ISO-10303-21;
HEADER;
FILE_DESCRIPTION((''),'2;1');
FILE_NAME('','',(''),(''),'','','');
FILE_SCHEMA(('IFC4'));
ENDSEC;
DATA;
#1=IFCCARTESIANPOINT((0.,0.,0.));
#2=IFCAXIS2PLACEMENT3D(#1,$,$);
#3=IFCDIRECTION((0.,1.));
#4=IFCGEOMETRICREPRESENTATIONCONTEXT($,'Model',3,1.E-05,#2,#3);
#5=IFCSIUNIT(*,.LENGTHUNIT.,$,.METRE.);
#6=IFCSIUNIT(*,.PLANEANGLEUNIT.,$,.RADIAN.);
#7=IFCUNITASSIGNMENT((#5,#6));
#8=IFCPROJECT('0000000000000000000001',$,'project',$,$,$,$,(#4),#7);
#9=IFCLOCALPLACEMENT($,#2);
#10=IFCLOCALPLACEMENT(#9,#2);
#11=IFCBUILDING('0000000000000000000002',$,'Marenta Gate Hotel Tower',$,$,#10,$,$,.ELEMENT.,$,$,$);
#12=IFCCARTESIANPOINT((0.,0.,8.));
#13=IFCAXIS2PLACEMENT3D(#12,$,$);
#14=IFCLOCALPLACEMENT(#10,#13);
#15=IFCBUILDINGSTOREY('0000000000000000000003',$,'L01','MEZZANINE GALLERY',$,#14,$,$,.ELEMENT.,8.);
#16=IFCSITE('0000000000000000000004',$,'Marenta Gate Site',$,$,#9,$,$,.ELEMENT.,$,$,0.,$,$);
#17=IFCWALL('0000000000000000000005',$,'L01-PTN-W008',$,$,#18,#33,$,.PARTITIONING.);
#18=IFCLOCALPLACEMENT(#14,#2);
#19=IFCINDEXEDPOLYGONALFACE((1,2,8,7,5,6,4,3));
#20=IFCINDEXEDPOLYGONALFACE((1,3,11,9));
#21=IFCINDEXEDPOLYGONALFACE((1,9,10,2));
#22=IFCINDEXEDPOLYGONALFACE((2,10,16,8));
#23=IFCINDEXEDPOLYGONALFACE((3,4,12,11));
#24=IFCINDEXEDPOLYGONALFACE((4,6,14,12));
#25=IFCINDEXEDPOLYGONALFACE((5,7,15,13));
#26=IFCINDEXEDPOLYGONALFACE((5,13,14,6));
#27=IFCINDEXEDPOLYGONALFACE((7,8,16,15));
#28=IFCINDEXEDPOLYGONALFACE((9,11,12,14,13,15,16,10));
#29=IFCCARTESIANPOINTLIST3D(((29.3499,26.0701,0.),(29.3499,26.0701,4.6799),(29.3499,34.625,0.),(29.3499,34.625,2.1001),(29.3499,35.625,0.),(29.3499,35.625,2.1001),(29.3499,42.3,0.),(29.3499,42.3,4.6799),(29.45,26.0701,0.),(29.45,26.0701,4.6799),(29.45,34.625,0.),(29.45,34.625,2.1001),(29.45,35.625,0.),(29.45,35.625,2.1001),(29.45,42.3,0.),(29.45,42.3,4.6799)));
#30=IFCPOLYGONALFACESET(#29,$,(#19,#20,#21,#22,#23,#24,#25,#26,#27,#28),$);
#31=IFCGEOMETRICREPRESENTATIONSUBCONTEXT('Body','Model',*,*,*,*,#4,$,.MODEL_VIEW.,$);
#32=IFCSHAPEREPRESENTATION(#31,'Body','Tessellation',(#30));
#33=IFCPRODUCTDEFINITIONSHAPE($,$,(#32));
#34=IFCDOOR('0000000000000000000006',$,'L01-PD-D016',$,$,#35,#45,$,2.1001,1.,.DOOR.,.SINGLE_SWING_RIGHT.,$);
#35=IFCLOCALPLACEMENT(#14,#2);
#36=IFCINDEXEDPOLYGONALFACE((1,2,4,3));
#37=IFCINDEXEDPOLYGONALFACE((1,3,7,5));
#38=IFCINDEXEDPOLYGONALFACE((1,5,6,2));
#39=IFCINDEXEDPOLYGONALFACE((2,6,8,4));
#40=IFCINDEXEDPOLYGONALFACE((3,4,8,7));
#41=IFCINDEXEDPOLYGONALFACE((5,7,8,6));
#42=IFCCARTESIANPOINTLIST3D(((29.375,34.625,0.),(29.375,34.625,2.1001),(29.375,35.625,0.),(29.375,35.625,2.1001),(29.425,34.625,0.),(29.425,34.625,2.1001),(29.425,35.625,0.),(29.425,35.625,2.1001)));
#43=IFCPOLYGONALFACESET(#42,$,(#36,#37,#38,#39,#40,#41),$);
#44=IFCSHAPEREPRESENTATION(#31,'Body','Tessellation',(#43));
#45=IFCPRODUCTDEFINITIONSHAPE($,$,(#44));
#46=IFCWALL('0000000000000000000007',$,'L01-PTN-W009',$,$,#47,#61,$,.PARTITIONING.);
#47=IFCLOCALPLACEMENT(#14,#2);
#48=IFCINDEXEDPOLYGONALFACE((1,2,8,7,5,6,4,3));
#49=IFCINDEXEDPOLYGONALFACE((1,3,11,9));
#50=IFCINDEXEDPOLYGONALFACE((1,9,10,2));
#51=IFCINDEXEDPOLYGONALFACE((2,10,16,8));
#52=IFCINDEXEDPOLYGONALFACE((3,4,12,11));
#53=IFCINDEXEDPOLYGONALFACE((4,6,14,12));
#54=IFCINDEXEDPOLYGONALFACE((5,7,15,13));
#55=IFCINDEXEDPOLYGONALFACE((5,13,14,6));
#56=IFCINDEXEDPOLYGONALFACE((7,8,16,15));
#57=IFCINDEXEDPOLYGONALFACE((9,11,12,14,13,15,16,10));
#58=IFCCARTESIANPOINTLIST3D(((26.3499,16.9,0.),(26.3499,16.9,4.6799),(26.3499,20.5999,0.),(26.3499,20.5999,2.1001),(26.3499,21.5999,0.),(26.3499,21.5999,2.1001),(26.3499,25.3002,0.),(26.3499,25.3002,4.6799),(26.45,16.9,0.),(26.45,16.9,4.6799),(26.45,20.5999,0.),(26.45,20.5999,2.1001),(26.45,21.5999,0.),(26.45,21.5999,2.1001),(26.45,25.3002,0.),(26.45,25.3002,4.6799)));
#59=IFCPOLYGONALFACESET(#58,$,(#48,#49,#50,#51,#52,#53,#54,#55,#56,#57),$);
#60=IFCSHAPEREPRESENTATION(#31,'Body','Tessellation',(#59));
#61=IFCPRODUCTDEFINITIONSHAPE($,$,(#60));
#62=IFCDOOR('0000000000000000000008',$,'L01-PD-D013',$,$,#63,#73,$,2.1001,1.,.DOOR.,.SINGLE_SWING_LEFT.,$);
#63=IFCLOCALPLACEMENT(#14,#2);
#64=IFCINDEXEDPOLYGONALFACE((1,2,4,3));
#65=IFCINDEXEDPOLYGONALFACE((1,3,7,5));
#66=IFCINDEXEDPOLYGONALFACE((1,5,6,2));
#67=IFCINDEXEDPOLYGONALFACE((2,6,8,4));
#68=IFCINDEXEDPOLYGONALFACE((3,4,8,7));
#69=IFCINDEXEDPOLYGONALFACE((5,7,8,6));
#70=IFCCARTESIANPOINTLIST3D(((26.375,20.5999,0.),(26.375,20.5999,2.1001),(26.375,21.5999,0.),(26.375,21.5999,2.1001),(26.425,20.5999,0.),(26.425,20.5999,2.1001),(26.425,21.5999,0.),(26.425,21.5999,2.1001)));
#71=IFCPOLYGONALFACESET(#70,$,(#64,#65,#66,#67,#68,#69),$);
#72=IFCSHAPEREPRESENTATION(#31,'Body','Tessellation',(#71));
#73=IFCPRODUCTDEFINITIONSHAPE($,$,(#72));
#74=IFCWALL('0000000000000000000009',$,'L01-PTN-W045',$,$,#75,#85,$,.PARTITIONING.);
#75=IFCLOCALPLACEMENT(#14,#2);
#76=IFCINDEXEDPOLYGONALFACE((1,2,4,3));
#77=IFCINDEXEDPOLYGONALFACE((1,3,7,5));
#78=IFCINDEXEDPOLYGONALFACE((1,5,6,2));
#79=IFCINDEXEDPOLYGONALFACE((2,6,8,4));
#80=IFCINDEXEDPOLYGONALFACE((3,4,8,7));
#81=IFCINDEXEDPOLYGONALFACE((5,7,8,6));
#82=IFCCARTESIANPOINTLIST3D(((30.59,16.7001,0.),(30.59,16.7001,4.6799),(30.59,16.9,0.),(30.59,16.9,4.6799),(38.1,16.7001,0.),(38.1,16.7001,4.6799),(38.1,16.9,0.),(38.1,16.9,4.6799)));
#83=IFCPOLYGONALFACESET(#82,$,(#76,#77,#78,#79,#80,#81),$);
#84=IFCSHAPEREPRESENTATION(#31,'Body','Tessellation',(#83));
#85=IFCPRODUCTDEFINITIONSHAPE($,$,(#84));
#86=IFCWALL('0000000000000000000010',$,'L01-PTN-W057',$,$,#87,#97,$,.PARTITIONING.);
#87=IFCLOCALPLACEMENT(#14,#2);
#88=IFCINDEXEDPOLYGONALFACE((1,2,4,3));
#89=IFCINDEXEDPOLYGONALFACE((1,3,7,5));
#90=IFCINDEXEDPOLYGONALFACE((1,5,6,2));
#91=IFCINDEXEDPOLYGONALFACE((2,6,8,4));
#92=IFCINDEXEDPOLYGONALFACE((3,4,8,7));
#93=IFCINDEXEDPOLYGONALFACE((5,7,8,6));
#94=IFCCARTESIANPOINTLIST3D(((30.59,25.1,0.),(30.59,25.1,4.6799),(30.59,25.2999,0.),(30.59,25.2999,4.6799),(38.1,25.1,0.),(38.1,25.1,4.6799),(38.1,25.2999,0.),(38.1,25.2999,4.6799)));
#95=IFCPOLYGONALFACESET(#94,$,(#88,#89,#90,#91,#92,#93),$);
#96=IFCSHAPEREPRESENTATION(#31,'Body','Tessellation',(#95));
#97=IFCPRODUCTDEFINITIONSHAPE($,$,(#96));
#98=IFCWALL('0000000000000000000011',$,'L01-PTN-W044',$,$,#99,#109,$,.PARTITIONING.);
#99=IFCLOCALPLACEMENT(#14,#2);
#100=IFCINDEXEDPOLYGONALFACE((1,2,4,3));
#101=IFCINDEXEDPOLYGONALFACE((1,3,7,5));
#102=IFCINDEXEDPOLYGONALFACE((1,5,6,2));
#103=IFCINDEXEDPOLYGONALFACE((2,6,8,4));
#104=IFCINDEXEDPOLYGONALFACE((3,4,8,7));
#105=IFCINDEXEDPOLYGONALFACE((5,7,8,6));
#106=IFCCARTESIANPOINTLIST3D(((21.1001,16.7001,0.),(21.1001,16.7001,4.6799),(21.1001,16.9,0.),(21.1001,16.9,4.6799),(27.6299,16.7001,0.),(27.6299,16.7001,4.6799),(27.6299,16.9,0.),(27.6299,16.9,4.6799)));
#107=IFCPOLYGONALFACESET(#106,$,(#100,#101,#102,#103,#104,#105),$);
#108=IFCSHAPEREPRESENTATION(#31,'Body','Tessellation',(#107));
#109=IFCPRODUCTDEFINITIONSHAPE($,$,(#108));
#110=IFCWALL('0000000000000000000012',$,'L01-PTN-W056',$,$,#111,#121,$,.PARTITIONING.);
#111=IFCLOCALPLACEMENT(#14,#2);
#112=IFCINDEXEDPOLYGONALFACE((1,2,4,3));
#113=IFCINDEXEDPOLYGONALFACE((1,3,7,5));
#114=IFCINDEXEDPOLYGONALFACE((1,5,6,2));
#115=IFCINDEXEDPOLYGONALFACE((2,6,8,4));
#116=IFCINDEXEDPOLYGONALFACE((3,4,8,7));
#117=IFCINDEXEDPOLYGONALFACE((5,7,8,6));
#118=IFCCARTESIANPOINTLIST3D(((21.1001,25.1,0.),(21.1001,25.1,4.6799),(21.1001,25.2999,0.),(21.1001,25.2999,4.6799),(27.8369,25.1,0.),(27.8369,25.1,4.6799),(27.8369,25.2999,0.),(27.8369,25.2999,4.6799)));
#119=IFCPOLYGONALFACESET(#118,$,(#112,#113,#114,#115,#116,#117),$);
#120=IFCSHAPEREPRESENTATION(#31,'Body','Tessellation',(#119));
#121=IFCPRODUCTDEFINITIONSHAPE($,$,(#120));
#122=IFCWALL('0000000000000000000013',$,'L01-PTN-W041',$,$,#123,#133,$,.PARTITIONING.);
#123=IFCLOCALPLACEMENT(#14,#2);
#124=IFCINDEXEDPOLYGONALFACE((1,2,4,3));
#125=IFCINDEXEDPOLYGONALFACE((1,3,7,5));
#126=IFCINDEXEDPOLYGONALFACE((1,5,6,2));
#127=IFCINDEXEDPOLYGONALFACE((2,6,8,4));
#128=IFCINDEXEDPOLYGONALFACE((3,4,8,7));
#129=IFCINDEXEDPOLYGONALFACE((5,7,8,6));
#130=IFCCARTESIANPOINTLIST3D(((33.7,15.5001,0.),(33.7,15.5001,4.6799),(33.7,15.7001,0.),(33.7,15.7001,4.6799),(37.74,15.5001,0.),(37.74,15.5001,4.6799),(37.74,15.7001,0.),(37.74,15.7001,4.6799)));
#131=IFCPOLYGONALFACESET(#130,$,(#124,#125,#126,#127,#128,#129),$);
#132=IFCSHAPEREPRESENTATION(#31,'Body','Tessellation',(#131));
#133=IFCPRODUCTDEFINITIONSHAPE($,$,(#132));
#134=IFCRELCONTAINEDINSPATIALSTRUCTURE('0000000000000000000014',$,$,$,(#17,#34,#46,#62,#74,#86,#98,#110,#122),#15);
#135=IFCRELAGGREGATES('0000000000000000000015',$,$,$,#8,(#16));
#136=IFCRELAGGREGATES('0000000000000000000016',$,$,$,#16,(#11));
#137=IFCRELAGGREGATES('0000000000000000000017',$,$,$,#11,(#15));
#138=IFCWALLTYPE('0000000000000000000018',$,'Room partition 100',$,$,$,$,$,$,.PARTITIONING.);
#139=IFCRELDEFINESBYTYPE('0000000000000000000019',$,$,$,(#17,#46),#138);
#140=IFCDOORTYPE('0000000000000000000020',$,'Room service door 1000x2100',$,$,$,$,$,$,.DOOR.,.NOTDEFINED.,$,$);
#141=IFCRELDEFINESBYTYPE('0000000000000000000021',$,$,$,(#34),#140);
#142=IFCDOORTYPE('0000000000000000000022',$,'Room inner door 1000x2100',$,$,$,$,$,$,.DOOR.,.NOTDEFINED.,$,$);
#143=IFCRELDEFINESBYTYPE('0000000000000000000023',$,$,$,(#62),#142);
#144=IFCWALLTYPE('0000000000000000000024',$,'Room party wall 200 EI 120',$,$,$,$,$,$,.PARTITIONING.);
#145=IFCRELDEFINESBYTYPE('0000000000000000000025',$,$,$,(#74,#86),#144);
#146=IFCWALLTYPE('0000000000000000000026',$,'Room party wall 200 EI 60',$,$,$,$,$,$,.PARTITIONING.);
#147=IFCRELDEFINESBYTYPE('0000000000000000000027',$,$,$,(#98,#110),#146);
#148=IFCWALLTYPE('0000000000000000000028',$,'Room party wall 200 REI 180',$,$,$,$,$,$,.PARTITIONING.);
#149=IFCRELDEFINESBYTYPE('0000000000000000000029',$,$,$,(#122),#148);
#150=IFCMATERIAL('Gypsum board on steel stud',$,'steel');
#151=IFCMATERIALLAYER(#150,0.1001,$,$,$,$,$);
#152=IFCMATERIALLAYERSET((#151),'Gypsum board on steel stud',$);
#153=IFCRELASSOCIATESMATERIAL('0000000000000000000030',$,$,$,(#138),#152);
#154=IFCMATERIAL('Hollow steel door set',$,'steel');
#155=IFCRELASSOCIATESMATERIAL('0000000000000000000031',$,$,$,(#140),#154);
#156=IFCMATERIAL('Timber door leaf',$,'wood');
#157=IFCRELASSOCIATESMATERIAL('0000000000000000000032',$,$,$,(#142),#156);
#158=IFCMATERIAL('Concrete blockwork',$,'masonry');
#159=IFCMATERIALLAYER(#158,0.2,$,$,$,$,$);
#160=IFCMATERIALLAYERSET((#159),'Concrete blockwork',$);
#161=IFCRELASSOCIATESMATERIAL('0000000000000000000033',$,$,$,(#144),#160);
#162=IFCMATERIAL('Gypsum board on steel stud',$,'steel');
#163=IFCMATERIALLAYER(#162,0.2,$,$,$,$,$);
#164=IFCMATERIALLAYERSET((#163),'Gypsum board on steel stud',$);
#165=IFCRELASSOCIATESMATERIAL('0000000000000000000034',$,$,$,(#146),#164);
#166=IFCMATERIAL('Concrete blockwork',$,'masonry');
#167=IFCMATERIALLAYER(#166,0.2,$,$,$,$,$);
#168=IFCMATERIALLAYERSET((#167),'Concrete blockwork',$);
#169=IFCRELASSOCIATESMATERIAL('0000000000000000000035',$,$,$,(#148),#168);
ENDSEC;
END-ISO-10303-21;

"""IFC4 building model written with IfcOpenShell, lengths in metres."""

from ifc_helpers import new_model, si_unit, direction, frame, frame_2d, origin, place, context, subcontext, project, spatial, rectangle, extrude, material, layer, layer_set, type_object, element, fill, save


model = new_model("IFC4")

# Units and contexts
model_context = context("Model", 3, precision=1e-05, world=origin(), true_north=direction((0.0, 1.0)))
body_context = subcontext(model_context, "Body", "Model", "MODEL_VIEW")
ifc_project = project(units=[si_unit("LENGTHUNIT", "METRE"), si_unit("PLANEANGLEUNIT", "RADIAN")], contexts=[model_context])

# Site, building, storey
site_placement = place(None, origin())
site = spatial("IfcSite", under=ifc_project, at=site_placement, Name="Marenta Gate Site", CompositionType="ELEMENT", RefElevation=0.0)
building_placement = place(site_placement, origin())
building = spatial("IfcBuilding", under=site, at=building_placement, Name="Marenta Gate Hotel Tower", CompositionType="ELEMENT")
storey_placement = place(building_placement, frame((0.0, 0.0, 8.0)))
storey = spatial("IfcBuildingStorey", under=building, at=storey_placement, Name="L01", Description="MEZZANINE GALLERY", CompositionType="ELEMENT", Elevation=8.0)

# Walls, openings, doors
ifc_material_1 = material(Name="Gypsum board on steel stud", Category="steel")
ifc_layer_1 = layer(ifc_material_1, 0.1001)
ifc_layer_set_1 = layer_set([ifc_layer_1], Name="Gypsum board on steel stud")
wall_type_1 = type_object("IfcWallType", Name="Room partition 100", PredefinedType="PARTITIONING", material=ifc_layer_set_1)
ifc_material_2 = material(Name="Hollow steel door set", Category="steel")
door_type_1 = type_object("IfcDoorType", Name="Room service door 1000x2100", OperationType="NOTDEFINED", PredefinedType="DOOR", material=ifc_material_2)
wall_1_placement = place(storey_placement, frame((29.3999, 26.0701, 0.0), z_axis=(0.0, 0.0, 1.0), x_axis=(0.0, 1.0, 0.0)))
wall_1 = element("IfcWall", 1, at=wall_1_placement, inside=storey, type_object=wall_type_1, Name="L01-PTN-W008", PredefinedType="PARTITIONING", context=body_context, shape_type="SweptSolid", body=[
    extrude(rectangle(XDim=16.23, YDim=0.1001, at=frame_2d((8.115, 0.0))), origin(), (0.0, 0.0, 1.0), 4.6799),
])
opening_1_placement = place(wall_1_placement, frame((8.5549, 0.0, 0.0)))
opening_1 = element("IfcOpeningElement", 2, at=opening_1_placement, cuts=wall_1, PredefinedType="OPENING", context=body_context, shape_type="SweptSolid", body=[
    extrude(rectangle(XDim=1.0, YDim=2.1001, at=frame_2d((0.5, 1.05))), frame((0.0, 0.05, 0.0), z_axis=(0.0, -1.0, 0.0), x_axis=(1.0, 0.0, 0.0)), (0.0, 0.0, 1.0), 0.1001),
])
door_1_placement = place(opening_1_placement, origin())
door_1 = element("IfcDoor", 3, at=door_1_placement, inside=storey, type_object=door_type_1, Name="L01-PD-D016", OperationType="SINGLE_SWING_RIGHT", OverallHeight=2.1001, OverallWidth=1.0, PredefinedType="DOOR", context=body_context, shape_type="SweptSolid", body=[
    extrude(rectangle(XDim=1.0, YDim=2.1001, at=frame_2d((0.5, 1.05))), frame((0.0, 0.0249, 0.0), z_axis=(0.0, -1.0, 0.0), x_axis=(1.0, 0.0, 0.0)), (0.0, 0.0, 1.0), 0.05),
])
fill(opening_1, door_1)
wall_2_placement = place(storey_placement, frame((26.3999, 16.8999, 0.0), z_axis=(0.0, 0.0, 1.0), x_axis=(0.0, 1.0, 0.0)))
wall_2 = element("IfcWall", 4, at=wall_2_placement, inside=storey, type_object=wall_type_1, Name="L01-PTN-W009", PredefinedType="PARTITIONING", context=body_context, shape_type="SweptSolid", body=[
    extrude(rectangle(XDim=8.4001, YDim=0.1001, at=frame_2d((4.2002, 0.0))), origin(), (0.0, 0.0, 1.0), 4.6799),
])
opening_2_placement = place(wall_2_placement, frame((3.7, 0.0, 0.0)))
opening_2 = element("IfcOpeningElement", 5, at=opening_2_placement, cuts=wall_2, PredefinedType="OPENING", context=body_context, shape_type="SweptSolid", body=[
    extrude(rectangle(XDim=1.0, YDim=2.1001, at=frame_2d((0.5, 1.05))), frame((0.0, 0.05, 0.0), z_axis=(0.0, -1.0, 0.0), x_axis=(1.0, 0.0, 0.0)), (0.0, 0.0, 1.0), 0.1001),
])
ifc_material_3 = material(Name="Timber door leaf", Category="wood")
door_type_2 = type_object("IfcDoorType", Name="Room inner door 1000x2100", OperationType="NOTDEFINED", PredefinedType="DOOR", material=ifc_material_3)
door_2_placement = place(opening_2_placement, origin())
door_2 = element("IfcDoor", 6, at=door_2_placement, inside=storey, type_object=door_type_2, Name="L01-PD-D013", OperationType="SINGLE_SWING_LEFT", OverallHeight=2.1001, OverallWidth=1.0, PredefinedType="DOOR", context=body_context, shape_type="SweptSolid", body=[
    extrude(rectangle(XDim=1.0, YDim=2.1001, at=frame_2d((0.5, 1.05))), frame((0.0, 0.0249, 0.0), z_axis=(0.0, -1.0, 0.0), x_axis=(1.0, 0.0, 0.0)), (0.0, 0.0, 1.0), 0.05),
])
fill(opening_2, door_2)

# Walls
ifc_material_4 = material(Name="Concrete blockwork", Category="masonry")
ifc_layer_2 = layer(ifc_material_4, 0.2)
ifc_layer_set_2 = layer_set([ifc_layer_2], Name="Concrete blockwork")
wall_type_2 = type_object("IfcWallType", Name="Room party wall 200 EI 120", PredefinedType="PARTITIONING", material=ifc_layer_set_2)
for number, where, z_axis, x_axis, name in (
    (7, (30.5901, 16.8, 0.0), (0.0, 0.0, 1.0), (1.0, 0.0, 0.0), "L01-PTN-W045"),
    (8, (30.5901, 25.2, 0.0), (0.0, 0.0, 1.0), (1.0, 0.0, 0.0), "L01-PTN-W057"),
):
    element("IfcWall", number, at=place(storey_placement, frame(where, z_axis=z_axis, x_axis=x_axis)), inside=storey, type_object=wall_type_2, Name=name, PredefinedType="PARTITIONING", context=body_context, shape_type="SweptSolid", body=[
        extrude(rectangle(XDim=7.51, YDim=0.2, at=frame_2d((3.7549, 0.0))), origin(), (0.0, 0.0, 1.0), 4.6799),
    ])
ifc_material_5 = material(Name="Gypsum board on steel stud", Category="steel")
ifc_layer_3 = layer(ifc_material_5, 0.2)
ifc_layer_set_3 = layer_set([ifc_layer_3], Name="Gypsum board on steel stud")
wall_type_3 = type_object("IfcWallType", Name="Room party wall 200 EI 60", PredefinedType="PARTITIONING", material=ifc_layer_set_3)
wall_3_placement = place(storey_placement, frame((21.1001, 16.8, 0.0), z_axis=(0.0, 0.0, 1.0), x_axis=(1.0, 0.0, 0.0)))
element("IfcWall", 9, at=wall_3_placement, inside=storey, type_object=wall_type_3, Name="L01-PTN-W044", PredefinedType="PARTITIONING", context=body_context, shape_type="SweptSolid", body=[
    extrude(rectangle(XDim=6.5298, YDim=0.2, at=frame_2d((3.2649, 0.0))), origin(), (0.0, 0.0, 1.0), 4.6799),
])
wall_4_placement = place(storey_placement, frame((21.1001, 25.2, 0.0), z_axis=(0.0, 0.0, 1.0), x_axis=(1.0, 0.0, 0.0)))
element("IfcWall", 10, at=wall_4_placement, inside=storey, type_object=wall_type_3, Name="L01-PTN-W056", PredefinedType="PARTITIONING", context=body_context, shape_type="SweptSolid", body=[
    extrude(rectangle(XDim=6.7368, YDim=0.2, at=frame_2d((3.3684, 0.0))), origin(), (0.0, 0.0, 1.0), 4.6799),
])
ifc_material_6 = material(Name="Concrete blockwork", Category="masonry")
ifc_layer_4 = layer(ifc_material_6, 0.2)
ifc_layer_set_4 = layer_set([ifc_layer_4], Name="Concrete blockwork")
wall_type_4 = type_object("IfcWallType", Name="Room party wall 200 REI 180", PredefinedType="PARTITIONING", material=ifc_layer_set_4)
wall_5_placement = place(storey_placement, frame((33.7, 15.6001, 0.0), z_axis=(0.0, 0.0, 1.0), x_axis=(1.0, 0.0, 0.0)))
element("IfcWall", 11, at=wall_5_placement, inside=storey, type_object=wall_type_4, Name="L01-PTN-W041", PredefinedType="PARTITIONING", context=body_context, shape_type="SweptSolid", body=[
    extrude(rectangle(XDim=4.04, YDim=0.2, at=frame_2d((2.02, 0.0))), origin(), (0.0, 0.0, 1.0), 4.6799),
])

save(model, "model.ifc")
